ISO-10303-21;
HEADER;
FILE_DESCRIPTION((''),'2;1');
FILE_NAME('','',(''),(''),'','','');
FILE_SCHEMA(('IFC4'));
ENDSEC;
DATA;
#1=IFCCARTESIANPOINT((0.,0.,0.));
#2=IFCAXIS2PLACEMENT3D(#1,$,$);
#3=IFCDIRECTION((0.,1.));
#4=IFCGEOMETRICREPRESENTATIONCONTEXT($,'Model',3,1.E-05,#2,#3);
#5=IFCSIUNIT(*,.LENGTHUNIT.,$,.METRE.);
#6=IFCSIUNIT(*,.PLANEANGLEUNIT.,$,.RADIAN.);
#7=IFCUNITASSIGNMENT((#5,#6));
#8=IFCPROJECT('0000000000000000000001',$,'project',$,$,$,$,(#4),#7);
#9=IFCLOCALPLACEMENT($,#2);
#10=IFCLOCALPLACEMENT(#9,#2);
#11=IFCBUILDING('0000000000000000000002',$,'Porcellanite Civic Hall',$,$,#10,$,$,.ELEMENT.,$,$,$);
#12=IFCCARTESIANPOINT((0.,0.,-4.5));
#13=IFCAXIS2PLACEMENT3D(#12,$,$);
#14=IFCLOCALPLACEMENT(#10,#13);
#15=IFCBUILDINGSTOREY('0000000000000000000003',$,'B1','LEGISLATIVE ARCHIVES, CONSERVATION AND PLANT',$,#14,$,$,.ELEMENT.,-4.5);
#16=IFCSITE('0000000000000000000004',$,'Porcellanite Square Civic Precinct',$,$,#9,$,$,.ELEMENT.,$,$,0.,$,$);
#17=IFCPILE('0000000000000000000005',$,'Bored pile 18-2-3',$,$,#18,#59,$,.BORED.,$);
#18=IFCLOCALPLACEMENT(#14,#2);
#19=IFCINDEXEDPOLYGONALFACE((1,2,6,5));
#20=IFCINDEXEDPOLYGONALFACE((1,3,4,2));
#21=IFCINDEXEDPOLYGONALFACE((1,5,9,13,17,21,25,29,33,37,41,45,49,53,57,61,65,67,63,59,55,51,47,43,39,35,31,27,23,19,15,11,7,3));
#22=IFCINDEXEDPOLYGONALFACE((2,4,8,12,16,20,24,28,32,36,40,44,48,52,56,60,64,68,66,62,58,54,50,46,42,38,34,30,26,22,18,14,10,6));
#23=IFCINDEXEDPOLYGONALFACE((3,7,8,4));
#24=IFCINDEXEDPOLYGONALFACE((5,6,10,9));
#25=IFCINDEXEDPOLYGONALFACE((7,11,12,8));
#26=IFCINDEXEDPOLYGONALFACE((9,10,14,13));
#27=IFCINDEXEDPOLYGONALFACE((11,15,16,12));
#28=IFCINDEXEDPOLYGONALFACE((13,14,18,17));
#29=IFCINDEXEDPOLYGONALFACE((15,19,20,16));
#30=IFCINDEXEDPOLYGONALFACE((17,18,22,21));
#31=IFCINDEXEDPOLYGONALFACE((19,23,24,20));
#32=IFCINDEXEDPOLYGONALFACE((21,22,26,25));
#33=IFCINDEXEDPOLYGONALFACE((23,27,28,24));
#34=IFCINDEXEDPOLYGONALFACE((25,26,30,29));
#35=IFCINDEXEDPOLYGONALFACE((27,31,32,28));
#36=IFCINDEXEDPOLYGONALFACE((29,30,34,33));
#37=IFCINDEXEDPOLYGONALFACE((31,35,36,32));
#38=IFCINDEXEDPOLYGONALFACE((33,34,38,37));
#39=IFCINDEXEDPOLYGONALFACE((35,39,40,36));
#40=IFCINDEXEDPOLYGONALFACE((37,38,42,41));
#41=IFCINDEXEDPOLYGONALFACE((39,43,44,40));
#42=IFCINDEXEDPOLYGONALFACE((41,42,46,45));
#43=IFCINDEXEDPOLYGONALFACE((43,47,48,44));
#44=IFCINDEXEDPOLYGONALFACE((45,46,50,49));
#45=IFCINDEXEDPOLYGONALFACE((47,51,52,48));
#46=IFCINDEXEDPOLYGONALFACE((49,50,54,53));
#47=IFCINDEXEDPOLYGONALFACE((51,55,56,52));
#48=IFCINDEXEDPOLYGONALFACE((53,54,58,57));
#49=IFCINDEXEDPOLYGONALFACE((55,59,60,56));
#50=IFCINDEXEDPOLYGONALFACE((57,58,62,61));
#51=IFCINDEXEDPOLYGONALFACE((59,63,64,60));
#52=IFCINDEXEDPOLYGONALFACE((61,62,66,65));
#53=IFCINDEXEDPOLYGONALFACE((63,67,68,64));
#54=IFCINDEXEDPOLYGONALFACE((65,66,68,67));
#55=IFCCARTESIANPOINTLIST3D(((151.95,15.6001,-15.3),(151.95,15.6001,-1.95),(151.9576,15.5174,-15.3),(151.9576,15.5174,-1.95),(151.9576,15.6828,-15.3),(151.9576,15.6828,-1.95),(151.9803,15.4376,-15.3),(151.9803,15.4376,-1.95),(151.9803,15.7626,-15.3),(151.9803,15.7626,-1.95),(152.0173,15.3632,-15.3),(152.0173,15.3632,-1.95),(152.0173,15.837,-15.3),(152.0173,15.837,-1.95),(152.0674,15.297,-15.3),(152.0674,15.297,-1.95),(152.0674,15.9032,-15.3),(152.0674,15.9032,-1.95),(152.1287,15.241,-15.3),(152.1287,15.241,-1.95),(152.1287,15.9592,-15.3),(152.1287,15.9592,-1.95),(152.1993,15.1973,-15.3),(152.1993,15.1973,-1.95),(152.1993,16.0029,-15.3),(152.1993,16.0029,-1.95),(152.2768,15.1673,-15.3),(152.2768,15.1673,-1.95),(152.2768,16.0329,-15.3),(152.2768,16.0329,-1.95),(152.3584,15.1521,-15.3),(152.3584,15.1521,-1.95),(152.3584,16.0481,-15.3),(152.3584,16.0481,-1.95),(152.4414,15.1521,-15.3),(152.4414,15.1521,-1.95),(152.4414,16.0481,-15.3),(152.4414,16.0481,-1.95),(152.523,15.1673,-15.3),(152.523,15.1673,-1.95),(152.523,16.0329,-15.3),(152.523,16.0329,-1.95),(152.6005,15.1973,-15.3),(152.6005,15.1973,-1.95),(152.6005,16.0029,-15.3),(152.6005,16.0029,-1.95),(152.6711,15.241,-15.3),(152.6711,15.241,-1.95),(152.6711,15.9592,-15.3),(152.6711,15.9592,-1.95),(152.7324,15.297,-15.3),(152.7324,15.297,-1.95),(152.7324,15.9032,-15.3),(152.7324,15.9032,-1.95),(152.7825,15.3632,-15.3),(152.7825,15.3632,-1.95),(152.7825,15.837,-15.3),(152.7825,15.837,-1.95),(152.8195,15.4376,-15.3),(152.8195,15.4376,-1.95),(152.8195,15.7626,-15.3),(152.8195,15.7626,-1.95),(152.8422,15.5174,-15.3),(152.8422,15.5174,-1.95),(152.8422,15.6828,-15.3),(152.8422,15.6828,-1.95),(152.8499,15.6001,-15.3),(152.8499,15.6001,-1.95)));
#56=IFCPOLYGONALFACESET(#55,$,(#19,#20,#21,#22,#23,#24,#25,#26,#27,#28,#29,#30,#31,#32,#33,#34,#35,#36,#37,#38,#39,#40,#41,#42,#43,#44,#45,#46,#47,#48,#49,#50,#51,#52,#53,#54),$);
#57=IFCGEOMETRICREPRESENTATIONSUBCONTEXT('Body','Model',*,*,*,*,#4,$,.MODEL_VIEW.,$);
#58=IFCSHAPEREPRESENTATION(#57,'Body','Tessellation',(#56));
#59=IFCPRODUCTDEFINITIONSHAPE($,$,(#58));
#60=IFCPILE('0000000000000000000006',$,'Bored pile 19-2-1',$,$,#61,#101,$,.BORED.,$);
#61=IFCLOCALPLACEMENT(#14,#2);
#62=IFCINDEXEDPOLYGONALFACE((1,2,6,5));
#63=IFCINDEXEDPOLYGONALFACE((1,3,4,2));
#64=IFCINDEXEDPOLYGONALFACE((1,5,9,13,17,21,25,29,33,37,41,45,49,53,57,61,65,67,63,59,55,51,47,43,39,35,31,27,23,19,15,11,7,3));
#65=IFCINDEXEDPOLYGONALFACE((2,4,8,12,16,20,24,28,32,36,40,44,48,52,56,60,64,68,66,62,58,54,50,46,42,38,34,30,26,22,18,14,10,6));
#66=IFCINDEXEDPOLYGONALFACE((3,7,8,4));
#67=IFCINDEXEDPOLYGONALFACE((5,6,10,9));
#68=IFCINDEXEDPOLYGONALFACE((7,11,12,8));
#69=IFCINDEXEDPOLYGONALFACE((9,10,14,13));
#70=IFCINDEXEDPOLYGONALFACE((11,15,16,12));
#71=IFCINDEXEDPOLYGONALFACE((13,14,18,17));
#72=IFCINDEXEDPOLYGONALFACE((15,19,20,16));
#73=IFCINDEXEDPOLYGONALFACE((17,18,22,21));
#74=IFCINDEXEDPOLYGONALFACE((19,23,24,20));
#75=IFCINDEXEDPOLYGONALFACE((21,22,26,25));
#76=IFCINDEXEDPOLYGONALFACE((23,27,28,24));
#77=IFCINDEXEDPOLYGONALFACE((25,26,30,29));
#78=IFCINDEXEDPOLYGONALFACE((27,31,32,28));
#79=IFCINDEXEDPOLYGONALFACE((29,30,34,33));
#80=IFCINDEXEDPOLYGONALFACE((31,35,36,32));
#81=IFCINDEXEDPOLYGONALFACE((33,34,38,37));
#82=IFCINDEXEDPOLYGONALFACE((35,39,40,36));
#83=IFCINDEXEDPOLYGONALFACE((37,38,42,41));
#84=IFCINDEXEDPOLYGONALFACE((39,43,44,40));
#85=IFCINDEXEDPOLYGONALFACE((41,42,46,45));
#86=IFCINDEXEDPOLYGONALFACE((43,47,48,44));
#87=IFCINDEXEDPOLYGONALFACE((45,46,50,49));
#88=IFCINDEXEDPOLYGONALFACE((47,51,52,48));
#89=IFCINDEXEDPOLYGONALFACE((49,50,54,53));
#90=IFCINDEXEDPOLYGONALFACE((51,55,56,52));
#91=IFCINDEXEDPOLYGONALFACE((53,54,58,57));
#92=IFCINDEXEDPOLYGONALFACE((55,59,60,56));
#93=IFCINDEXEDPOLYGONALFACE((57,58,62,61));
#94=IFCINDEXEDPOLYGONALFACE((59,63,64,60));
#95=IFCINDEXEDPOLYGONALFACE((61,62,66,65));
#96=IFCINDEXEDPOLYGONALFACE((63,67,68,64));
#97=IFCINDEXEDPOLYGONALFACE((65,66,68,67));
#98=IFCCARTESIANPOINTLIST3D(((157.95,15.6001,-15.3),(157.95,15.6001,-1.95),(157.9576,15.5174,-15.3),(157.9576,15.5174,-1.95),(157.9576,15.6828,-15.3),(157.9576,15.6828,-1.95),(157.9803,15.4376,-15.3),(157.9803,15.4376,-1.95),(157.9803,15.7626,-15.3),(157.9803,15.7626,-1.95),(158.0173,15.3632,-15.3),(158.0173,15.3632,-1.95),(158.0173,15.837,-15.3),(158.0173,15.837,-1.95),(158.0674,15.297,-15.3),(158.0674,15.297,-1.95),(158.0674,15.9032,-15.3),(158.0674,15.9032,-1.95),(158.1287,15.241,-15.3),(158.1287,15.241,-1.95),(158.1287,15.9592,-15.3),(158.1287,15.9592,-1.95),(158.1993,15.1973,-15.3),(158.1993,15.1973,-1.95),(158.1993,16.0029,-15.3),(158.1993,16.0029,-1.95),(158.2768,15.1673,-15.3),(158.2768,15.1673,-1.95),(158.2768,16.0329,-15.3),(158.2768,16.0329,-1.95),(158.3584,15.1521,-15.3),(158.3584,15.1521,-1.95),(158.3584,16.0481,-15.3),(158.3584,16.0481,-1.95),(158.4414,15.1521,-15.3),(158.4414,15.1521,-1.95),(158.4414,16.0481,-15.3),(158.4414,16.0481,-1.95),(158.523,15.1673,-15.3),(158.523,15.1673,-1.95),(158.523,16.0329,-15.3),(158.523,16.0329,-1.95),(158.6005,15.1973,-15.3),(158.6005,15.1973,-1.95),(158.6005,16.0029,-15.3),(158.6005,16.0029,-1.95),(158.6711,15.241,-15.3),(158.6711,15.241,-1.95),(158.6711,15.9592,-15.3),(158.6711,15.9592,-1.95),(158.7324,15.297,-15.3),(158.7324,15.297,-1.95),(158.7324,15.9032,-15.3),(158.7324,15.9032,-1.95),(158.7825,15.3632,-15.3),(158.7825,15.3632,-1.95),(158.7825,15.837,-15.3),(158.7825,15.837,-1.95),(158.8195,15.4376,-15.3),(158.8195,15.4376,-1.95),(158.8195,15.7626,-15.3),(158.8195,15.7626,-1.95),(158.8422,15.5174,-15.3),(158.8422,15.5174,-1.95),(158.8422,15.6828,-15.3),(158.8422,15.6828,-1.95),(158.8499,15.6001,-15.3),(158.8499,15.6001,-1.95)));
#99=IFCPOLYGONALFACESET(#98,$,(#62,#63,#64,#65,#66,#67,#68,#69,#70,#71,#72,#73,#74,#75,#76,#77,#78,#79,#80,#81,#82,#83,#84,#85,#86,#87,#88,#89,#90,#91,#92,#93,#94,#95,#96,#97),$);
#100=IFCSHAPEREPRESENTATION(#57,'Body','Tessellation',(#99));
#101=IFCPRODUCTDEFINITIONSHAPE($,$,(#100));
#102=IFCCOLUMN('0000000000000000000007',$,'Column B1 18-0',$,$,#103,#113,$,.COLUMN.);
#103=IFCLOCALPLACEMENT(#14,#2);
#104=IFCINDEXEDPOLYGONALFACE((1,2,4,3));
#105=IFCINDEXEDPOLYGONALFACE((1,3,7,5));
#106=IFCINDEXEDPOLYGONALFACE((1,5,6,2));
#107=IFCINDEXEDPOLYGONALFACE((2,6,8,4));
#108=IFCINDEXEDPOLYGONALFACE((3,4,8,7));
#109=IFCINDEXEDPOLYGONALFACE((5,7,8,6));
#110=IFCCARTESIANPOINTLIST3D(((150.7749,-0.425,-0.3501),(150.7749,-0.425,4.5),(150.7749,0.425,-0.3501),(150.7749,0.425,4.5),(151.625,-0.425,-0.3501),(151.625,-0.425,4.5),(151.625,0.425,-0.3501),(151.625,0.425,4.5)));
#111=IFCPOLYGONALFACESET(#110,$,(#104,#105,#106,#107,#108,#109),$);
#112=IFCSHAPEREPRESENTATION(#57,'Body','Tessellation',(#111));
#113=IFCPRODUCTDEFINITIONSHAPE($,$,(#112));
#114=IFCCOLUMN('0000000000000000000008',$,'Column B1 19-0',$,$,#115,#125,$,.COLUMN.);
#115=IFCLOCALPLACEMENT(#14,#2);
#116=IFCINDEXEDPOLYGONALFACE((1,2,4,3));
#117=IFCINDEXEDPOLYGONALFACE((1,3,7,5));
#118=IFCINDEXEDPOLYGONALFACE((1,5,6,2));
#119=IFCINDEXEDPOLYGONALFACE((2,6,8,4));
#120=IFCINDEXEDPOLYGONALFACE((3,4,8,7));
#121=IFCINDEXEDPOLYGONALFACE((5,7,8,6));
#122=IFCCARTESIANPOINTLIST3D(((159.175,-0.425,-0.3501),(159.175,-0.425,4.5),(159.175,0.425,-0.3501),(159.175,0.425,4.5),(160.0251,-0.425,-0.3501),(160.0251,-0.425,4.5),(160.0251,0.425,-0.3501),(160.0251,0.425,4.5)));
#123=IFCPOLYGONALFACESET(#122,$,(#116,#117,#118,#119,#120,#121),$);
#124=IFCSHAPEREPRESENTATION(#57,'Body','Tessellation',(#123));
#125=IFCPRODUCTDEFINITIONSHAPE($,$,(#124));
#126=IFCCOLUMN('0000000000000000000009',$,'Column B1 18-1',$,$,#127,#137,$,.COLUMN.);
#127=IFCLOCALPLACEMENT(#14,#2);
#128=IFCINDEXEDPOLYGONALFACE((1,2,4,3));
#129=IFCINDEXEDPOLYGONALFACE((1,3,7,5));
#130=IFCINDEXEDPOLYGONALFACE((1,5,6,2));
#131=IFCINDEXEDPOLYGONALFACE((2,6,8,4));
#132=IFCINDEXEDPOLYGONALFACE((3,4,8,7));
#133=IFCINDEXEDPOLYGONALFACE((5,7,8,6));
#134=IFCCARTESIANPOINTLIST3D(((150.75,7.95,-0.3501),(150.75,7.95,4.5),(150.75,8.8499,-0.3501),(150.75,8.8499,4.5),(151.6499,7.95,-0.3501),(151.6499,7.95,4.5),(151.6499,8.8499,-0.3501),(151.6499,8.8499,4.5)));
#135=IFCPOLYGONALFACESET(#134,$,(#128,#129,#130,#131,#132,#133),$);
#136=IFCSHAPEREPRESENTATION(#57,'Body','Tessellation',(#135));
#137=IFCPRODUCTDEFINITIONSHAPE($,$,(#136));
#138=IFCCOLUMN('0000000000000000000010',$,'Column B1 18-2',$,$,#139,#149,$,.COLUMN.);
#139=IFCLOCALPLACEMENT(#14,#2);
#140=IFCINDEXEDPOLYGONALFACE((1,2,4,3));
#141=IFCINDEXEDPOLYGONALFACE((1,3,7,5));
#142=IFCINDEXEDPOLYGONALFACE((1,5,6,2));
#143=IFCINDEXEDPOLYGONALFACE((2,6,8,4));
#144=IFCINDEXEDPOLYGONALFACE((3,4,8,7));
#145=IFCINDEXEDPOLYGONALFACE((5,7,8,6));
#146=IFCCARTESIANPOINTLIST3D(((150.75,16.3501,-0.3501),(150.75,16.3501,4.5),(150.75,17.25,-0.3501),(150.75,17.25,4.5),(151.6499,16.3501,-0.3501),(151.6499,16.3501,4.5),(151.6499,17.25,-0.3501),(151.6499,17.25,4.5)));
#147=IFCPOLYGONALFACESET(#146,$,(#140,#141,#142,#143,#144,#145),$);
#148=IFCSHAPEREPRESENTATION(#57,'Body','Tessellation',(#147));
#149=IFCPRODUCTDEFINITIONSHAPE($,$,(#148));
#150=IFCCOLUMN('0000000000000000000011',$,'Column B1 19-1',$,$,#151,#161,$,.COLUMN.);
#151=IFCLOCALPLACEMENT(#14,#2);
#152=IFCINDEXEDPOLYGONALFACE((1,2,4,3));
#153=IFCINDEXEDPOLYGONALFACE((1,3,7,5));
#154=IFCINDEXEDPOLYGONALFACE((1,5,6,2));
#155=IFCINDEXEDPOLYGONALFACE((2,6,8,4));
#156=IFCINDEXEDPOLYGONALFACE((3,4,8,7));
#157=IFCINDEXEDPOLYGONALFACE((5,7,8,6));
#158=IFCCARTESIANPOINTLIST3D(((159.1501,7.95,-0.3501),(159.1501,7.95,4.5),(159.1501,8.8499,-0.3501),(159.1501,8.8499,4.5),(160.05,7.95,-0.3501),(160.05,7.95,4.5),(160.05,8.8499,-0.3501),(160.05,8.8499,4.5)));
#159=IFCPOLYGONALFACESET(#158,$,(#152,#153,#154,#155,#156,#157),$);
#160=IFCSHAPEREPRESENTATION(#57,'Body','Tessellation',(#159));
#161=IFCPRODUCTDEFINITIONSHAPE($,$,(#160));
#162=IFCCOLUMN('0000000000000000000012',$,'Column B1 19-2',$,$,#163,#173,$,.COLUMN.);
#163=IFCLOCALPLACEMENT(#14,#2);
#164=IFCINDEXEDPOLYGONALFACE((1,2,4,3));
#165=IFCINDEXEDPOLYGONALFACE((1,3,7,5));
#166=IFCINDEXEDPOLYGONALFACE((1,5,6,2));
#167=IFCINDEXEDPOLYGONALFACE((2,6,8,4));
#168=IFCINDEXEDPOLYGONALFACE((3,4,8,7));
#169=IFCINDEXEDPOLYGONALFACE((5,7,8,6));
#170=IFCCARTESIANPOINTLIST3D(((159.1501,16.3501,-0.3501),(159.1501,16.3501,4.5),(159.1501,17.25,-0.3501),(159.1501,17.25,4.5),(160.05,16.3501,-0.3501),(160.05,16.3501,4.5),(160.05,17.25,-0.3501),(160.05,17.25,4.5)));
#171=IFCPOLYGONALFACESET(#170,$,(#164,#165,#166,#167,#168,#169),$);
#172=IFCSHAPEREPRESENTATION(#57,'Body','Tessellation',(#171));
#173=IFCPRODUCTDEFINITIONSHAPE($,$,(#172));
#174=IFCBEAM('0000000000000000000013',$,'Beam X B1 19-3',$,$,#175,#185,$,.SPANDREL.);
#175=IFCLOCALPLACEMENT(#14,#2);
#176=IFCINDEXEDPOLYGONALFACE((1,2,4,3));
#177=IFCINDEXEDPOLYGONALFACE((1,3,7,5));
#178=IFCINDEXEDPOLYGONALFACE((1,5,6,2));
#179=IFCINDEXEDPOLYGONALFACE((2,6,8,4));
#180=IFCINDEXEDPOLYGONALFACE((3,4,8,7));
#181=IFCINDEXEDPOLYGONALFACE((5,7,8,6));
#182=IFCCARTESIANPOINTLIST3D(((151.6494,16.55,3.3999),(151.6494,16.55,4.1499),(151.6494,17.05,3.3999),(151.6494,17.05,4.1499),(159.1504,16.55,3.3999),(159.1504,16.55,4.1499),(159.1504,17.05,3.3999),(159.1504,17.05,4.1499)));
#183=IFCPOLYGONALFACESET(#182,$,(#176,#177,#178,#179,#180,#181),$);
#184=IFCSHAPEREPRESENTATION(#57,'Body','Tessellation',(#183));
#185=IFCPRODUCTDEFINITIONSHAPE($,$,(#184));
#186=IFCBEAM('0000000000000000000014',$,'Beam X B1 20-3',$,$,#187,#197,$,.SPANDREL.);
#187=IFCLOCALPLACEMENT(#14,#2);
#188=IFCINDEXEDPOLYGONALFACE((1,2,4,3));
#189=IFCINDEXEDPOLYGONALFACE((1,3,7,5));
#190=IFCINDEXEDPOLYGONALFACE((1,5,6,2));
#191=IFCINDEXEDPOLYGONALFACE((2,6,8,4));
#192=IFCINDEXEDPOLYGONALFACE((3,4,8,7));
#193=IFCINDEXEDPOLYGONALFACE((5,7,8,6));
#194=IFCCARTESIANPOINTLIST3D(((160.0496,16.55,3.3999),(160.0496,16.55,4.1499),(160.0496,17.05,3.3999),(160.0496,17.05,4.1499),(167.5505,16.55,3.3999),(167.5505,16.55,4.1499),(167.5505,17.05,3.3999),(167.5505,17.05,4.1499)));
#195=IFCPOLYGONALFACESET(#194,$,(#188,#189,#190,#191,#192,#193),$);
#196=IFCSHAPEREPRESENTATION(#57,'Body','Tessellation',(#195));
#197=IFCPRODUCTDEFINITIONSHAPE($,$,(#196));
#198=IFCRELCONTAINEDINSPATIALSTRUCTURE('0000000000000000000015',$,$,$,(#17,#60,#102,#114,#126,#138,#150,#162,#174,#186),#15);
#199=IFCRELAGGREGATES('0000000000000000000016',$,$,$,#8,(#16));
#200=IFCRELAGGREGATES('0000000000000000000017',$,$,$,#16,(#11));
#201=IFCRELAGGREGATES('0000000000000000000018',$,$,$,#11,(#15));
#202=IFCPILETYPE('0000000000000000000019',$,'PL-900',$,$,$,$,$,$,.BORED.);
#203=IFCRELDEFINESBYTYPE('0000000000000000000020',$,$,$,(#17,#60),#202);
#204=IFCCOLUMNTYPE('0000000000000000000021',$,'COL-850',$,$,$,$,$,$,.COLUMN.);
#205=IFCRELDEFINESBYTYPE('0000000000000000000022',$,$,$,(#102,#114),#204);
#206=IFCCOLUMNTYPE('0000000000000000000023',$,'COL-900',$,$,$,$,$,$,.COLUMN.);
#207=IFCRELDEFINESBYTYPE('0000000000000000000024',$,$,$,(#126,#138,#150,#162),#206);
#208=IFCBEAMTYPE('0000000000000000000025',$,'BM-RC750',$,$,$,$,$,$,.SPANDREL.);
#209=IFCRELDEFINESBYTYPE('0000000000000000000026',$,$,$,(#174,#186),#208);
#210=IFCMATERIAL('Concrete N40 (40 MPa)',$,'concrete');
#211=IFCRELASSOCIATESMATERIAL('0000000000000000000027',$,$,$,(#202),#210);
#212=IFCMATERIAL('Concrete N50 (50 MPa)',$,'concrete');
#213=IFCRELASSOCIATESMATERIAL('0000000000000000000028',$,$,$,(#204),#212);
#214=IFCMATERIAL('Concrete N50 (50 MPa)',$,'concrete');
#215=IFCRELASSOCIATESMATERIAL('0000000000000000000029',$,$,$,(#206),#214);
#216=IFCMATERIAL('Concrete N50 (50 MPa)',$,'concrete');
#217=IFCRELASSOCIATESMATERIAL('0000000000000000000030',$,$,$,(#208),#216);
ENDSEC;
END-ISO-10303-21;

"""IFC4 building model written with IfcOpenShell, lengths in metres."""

from ifc_helpers import new_model, si_unit, direction, frame, origin, origin_2d, place, context, subcontext, project, spatial, rectangle, circle, extrude, material, material_profile, profile_set, type_object, element, save


model = new_model("IFC4")

# Units and contexts
model_context = context("Model", 3, precision=1e-05, world=origin(), true_north=direction((0.0, 1.0)))
body_context = subcontext(model_context, "Body", "Model", "MODEL_VIEW")
ifc_project = project(units=[si_unit("LENGTHUNIT", "METRE"), si_unit("PLANEANGLEUNIT", "RADIAN")], contexts=[model_context])

# Site, building, storey
site_placement = place(None, origin())
site = spatial("IfcSite", under=ifc_project, at=site_placement, Name="Porcellanite Square Civic Precinct", CompositionType="ELEMENT", RefElevation=0.0)
building_placement = place(site_placement, origin())
building = spatial("IfcBuilding", under=site, at=building_placement, Name="Porcellanite Civic Hall", CompositionType="ELEMENT")
storey_placement = place(building_placement, frame((0.0, 0.0, -4.5)))
storey = spatial("IfcBuildingStorey", under=building, at=storey_placement, Name="B1", Description="LEGISLATIVE ARCHIVES, CONSERVATION AND PLANT", CompositionType="ELEMENT", Elevation=-4.5)

# Piles
ifc_material_1 = material(Name="Concrete N40 (40 MPa)", Category="concrete")
ifc_material_profile_1 = material_profile(ifc_material_1, circle(Radius=0.45, at=origin_2d()), Name="PILE-D900")
ifc_profile_set_1 = profile_set([ifc_material_profile_1], Name="Concrete N40 (40 MPa)")
pile_type_1 = type_object("IfcPileType", Name="PL-900", PredefinedType="BORED", material=ifc_profile_set_1)
for number, where, z_axis, x_axis, name in (
    (1, (152.3999, 15.6001, -1.95), (0.0, 0.0, -1.0), (1.0, 0.0, 0.0), "Bored pile 18-2-3"),
    (2, (158.3999, 15.6001, -1.95), (0.0, 0.0, -1.0), (1.0, 0.0, 0.0), "Bored pile 19-2-1"),
):
    element("IfcPile", number, at=place(storey_placement, frame(where, z_axis=z_axis, x_axis=x_axis)), inside=storey, type_object=pile_type_1, Name=name, PredefinedType="BORED", context=body_context, shape_type="SweptSolid", body=[
        extrude(circle(Radius=0.45, at=origin_2d()), origin(), (0.0, 0.0, 1.0), 13.3501),
    ])

# Columns
ifc_material_2 = material(Name="Concrete N50 (50 MPa)", Category="concrete")
ifc_material_profile_2 = material_profile(ifc_material_2, rectangle(XDim=0.8501, YDim=0.8501, at=origin_2d()), Name="RC-850x850")
ifc_profile_set_2 = profile_set([ifc_material_profile_2], Name="Concrete N50 (50 MPa)")
column_type_1 = type_object("IfcColumnType", Name="COL-850", PredefinedType="COLUMN", material=ifc_profile_set_2)
for number, where, z_axis, x_axis, name in (
    (3, (151.2, 0.0, -0.3501), (0.0, 0.0, 1.0), (1.0, 0.0, 0.0), "Column B1 18-0"),
    (4, (159.6001, 0.0, -0.3501), (0.0, 0.0, 1.0), (1.0, 0.0, 0.0), "Column B1 19-0"),
):
    element("IfcColumn", number, at=place(storey_placement, frame(where, z_axis=z_axis, x_axis=x_axis)), inside=storey, type_object=column_type_1, Name=name, PredefinedType="COLUMN", context=body_context, shape_type="SweptSolid", body=[
        extrude(rectangle(XDim=0.8501, YDim=0.8501, at=origin_2d()), origin(), (0.0, 0.0, 1.0), 4.8501),
    ])
ifc_material_3 = material(Name="Concrete N50 (50 MPa)", Category="concrete")
ifc_material_profile_3 = material_profile(ifc_material_3, rectangle(XDim=0.8999, YDim=0.8999, at=origin_2d()), Name="RC-900x900")
ifc_profile_set_3 = profile_set([ifc_material_profile_3], Name="Concrete N50 (50 MPa)")
column_type_2 = type_object("IfcColumnType", Name="COL-900", PredefinedType="COLUMN", material=ifc_profile_set_3)
for number, where, z_axis, x_axis, name in (
    (5, (151.2, 8.3999, -0.3501), (0.0, 0.0, 1.0), (1.0, 0.0, 0.0), "Column B1 18-1"),
    (6, (151.2, 16.8, -0.3501), (0.0, 0.0, 1.0), (1.0, 0.0, 0.0), "Column B1 18-2"),
    (7, (159.6001, 8.3999, -0.3501), (0.0, 0.0, 1.0), (1.0, 0.0, 0.0), "Column B1 19-1"),
    (8, (159.6001, 16.8, -0.3501), (0.0, 0.0, 1.0), (1.0, 0.0, 0.0), "Column B1 19-2"),
):
    element("IfcColumn", number, at=place(storey_placement, frame(where, z_axis=z_axis, x_axis=x_axis)), inside=storey, type_object=column_type_2, Name=name, PredefinedType="COLUMN", context=body_context, shape_type="SweptSolid", body=[
        extrude(rectangle(XDim=0.8999, YDim=0.8999, at=origin_2d()), origin(), (0.0, 0.0, 1.0), 4.8501),
    ])

# Beams
ifc_material_4 = material(Name="Concrete N50 (50 MPa)", Category="concrete")
ifc_material_profile_4 = material_profile(ifc_material_4, rectangle(XDim=0.5, YDim=0.75, at=origin_2d()), Name="RC-500x750")
ifc_profile_set_4 = profile_set([ifc_material_profile_4], Name="Concrete N50 (50 MPa)")
beam_type = type_object("IfcBeamType", Name="BM-RC750", PredefinedType="SPANDREL", material=ifc_profile_set_4)
for number, where, z_axis, x_axis, name in (
    (9, (151.6494, 16.8, 3.7749), (1.0, 0.0, 0.0), (0.0, 1.0, 0.0), "Beam X B1 19-3"),
    (10, (160.0496, 16.8, 3.7749), (1.0, 0.0, 0.0), (0.0, 1.0, 0.0), "Beam X B1 20-3"),
):
    element("IfcBeam", number, at=place(storey_placement, frame(where, z_axis=z_axis, x_axis=x_axis)), inside=storey, type_object=beam_type, Name=name, PredefinedType="SPANDREL", context=body_context, shape_type="SweptSolid", body=[
        extrude(rectangle(XDim=0.5, YDim=0.75, at=origin_2d()), origin(), (0.0, 0.0, 1.0), 7.501),
    ])

save(model, "model.ifc")
